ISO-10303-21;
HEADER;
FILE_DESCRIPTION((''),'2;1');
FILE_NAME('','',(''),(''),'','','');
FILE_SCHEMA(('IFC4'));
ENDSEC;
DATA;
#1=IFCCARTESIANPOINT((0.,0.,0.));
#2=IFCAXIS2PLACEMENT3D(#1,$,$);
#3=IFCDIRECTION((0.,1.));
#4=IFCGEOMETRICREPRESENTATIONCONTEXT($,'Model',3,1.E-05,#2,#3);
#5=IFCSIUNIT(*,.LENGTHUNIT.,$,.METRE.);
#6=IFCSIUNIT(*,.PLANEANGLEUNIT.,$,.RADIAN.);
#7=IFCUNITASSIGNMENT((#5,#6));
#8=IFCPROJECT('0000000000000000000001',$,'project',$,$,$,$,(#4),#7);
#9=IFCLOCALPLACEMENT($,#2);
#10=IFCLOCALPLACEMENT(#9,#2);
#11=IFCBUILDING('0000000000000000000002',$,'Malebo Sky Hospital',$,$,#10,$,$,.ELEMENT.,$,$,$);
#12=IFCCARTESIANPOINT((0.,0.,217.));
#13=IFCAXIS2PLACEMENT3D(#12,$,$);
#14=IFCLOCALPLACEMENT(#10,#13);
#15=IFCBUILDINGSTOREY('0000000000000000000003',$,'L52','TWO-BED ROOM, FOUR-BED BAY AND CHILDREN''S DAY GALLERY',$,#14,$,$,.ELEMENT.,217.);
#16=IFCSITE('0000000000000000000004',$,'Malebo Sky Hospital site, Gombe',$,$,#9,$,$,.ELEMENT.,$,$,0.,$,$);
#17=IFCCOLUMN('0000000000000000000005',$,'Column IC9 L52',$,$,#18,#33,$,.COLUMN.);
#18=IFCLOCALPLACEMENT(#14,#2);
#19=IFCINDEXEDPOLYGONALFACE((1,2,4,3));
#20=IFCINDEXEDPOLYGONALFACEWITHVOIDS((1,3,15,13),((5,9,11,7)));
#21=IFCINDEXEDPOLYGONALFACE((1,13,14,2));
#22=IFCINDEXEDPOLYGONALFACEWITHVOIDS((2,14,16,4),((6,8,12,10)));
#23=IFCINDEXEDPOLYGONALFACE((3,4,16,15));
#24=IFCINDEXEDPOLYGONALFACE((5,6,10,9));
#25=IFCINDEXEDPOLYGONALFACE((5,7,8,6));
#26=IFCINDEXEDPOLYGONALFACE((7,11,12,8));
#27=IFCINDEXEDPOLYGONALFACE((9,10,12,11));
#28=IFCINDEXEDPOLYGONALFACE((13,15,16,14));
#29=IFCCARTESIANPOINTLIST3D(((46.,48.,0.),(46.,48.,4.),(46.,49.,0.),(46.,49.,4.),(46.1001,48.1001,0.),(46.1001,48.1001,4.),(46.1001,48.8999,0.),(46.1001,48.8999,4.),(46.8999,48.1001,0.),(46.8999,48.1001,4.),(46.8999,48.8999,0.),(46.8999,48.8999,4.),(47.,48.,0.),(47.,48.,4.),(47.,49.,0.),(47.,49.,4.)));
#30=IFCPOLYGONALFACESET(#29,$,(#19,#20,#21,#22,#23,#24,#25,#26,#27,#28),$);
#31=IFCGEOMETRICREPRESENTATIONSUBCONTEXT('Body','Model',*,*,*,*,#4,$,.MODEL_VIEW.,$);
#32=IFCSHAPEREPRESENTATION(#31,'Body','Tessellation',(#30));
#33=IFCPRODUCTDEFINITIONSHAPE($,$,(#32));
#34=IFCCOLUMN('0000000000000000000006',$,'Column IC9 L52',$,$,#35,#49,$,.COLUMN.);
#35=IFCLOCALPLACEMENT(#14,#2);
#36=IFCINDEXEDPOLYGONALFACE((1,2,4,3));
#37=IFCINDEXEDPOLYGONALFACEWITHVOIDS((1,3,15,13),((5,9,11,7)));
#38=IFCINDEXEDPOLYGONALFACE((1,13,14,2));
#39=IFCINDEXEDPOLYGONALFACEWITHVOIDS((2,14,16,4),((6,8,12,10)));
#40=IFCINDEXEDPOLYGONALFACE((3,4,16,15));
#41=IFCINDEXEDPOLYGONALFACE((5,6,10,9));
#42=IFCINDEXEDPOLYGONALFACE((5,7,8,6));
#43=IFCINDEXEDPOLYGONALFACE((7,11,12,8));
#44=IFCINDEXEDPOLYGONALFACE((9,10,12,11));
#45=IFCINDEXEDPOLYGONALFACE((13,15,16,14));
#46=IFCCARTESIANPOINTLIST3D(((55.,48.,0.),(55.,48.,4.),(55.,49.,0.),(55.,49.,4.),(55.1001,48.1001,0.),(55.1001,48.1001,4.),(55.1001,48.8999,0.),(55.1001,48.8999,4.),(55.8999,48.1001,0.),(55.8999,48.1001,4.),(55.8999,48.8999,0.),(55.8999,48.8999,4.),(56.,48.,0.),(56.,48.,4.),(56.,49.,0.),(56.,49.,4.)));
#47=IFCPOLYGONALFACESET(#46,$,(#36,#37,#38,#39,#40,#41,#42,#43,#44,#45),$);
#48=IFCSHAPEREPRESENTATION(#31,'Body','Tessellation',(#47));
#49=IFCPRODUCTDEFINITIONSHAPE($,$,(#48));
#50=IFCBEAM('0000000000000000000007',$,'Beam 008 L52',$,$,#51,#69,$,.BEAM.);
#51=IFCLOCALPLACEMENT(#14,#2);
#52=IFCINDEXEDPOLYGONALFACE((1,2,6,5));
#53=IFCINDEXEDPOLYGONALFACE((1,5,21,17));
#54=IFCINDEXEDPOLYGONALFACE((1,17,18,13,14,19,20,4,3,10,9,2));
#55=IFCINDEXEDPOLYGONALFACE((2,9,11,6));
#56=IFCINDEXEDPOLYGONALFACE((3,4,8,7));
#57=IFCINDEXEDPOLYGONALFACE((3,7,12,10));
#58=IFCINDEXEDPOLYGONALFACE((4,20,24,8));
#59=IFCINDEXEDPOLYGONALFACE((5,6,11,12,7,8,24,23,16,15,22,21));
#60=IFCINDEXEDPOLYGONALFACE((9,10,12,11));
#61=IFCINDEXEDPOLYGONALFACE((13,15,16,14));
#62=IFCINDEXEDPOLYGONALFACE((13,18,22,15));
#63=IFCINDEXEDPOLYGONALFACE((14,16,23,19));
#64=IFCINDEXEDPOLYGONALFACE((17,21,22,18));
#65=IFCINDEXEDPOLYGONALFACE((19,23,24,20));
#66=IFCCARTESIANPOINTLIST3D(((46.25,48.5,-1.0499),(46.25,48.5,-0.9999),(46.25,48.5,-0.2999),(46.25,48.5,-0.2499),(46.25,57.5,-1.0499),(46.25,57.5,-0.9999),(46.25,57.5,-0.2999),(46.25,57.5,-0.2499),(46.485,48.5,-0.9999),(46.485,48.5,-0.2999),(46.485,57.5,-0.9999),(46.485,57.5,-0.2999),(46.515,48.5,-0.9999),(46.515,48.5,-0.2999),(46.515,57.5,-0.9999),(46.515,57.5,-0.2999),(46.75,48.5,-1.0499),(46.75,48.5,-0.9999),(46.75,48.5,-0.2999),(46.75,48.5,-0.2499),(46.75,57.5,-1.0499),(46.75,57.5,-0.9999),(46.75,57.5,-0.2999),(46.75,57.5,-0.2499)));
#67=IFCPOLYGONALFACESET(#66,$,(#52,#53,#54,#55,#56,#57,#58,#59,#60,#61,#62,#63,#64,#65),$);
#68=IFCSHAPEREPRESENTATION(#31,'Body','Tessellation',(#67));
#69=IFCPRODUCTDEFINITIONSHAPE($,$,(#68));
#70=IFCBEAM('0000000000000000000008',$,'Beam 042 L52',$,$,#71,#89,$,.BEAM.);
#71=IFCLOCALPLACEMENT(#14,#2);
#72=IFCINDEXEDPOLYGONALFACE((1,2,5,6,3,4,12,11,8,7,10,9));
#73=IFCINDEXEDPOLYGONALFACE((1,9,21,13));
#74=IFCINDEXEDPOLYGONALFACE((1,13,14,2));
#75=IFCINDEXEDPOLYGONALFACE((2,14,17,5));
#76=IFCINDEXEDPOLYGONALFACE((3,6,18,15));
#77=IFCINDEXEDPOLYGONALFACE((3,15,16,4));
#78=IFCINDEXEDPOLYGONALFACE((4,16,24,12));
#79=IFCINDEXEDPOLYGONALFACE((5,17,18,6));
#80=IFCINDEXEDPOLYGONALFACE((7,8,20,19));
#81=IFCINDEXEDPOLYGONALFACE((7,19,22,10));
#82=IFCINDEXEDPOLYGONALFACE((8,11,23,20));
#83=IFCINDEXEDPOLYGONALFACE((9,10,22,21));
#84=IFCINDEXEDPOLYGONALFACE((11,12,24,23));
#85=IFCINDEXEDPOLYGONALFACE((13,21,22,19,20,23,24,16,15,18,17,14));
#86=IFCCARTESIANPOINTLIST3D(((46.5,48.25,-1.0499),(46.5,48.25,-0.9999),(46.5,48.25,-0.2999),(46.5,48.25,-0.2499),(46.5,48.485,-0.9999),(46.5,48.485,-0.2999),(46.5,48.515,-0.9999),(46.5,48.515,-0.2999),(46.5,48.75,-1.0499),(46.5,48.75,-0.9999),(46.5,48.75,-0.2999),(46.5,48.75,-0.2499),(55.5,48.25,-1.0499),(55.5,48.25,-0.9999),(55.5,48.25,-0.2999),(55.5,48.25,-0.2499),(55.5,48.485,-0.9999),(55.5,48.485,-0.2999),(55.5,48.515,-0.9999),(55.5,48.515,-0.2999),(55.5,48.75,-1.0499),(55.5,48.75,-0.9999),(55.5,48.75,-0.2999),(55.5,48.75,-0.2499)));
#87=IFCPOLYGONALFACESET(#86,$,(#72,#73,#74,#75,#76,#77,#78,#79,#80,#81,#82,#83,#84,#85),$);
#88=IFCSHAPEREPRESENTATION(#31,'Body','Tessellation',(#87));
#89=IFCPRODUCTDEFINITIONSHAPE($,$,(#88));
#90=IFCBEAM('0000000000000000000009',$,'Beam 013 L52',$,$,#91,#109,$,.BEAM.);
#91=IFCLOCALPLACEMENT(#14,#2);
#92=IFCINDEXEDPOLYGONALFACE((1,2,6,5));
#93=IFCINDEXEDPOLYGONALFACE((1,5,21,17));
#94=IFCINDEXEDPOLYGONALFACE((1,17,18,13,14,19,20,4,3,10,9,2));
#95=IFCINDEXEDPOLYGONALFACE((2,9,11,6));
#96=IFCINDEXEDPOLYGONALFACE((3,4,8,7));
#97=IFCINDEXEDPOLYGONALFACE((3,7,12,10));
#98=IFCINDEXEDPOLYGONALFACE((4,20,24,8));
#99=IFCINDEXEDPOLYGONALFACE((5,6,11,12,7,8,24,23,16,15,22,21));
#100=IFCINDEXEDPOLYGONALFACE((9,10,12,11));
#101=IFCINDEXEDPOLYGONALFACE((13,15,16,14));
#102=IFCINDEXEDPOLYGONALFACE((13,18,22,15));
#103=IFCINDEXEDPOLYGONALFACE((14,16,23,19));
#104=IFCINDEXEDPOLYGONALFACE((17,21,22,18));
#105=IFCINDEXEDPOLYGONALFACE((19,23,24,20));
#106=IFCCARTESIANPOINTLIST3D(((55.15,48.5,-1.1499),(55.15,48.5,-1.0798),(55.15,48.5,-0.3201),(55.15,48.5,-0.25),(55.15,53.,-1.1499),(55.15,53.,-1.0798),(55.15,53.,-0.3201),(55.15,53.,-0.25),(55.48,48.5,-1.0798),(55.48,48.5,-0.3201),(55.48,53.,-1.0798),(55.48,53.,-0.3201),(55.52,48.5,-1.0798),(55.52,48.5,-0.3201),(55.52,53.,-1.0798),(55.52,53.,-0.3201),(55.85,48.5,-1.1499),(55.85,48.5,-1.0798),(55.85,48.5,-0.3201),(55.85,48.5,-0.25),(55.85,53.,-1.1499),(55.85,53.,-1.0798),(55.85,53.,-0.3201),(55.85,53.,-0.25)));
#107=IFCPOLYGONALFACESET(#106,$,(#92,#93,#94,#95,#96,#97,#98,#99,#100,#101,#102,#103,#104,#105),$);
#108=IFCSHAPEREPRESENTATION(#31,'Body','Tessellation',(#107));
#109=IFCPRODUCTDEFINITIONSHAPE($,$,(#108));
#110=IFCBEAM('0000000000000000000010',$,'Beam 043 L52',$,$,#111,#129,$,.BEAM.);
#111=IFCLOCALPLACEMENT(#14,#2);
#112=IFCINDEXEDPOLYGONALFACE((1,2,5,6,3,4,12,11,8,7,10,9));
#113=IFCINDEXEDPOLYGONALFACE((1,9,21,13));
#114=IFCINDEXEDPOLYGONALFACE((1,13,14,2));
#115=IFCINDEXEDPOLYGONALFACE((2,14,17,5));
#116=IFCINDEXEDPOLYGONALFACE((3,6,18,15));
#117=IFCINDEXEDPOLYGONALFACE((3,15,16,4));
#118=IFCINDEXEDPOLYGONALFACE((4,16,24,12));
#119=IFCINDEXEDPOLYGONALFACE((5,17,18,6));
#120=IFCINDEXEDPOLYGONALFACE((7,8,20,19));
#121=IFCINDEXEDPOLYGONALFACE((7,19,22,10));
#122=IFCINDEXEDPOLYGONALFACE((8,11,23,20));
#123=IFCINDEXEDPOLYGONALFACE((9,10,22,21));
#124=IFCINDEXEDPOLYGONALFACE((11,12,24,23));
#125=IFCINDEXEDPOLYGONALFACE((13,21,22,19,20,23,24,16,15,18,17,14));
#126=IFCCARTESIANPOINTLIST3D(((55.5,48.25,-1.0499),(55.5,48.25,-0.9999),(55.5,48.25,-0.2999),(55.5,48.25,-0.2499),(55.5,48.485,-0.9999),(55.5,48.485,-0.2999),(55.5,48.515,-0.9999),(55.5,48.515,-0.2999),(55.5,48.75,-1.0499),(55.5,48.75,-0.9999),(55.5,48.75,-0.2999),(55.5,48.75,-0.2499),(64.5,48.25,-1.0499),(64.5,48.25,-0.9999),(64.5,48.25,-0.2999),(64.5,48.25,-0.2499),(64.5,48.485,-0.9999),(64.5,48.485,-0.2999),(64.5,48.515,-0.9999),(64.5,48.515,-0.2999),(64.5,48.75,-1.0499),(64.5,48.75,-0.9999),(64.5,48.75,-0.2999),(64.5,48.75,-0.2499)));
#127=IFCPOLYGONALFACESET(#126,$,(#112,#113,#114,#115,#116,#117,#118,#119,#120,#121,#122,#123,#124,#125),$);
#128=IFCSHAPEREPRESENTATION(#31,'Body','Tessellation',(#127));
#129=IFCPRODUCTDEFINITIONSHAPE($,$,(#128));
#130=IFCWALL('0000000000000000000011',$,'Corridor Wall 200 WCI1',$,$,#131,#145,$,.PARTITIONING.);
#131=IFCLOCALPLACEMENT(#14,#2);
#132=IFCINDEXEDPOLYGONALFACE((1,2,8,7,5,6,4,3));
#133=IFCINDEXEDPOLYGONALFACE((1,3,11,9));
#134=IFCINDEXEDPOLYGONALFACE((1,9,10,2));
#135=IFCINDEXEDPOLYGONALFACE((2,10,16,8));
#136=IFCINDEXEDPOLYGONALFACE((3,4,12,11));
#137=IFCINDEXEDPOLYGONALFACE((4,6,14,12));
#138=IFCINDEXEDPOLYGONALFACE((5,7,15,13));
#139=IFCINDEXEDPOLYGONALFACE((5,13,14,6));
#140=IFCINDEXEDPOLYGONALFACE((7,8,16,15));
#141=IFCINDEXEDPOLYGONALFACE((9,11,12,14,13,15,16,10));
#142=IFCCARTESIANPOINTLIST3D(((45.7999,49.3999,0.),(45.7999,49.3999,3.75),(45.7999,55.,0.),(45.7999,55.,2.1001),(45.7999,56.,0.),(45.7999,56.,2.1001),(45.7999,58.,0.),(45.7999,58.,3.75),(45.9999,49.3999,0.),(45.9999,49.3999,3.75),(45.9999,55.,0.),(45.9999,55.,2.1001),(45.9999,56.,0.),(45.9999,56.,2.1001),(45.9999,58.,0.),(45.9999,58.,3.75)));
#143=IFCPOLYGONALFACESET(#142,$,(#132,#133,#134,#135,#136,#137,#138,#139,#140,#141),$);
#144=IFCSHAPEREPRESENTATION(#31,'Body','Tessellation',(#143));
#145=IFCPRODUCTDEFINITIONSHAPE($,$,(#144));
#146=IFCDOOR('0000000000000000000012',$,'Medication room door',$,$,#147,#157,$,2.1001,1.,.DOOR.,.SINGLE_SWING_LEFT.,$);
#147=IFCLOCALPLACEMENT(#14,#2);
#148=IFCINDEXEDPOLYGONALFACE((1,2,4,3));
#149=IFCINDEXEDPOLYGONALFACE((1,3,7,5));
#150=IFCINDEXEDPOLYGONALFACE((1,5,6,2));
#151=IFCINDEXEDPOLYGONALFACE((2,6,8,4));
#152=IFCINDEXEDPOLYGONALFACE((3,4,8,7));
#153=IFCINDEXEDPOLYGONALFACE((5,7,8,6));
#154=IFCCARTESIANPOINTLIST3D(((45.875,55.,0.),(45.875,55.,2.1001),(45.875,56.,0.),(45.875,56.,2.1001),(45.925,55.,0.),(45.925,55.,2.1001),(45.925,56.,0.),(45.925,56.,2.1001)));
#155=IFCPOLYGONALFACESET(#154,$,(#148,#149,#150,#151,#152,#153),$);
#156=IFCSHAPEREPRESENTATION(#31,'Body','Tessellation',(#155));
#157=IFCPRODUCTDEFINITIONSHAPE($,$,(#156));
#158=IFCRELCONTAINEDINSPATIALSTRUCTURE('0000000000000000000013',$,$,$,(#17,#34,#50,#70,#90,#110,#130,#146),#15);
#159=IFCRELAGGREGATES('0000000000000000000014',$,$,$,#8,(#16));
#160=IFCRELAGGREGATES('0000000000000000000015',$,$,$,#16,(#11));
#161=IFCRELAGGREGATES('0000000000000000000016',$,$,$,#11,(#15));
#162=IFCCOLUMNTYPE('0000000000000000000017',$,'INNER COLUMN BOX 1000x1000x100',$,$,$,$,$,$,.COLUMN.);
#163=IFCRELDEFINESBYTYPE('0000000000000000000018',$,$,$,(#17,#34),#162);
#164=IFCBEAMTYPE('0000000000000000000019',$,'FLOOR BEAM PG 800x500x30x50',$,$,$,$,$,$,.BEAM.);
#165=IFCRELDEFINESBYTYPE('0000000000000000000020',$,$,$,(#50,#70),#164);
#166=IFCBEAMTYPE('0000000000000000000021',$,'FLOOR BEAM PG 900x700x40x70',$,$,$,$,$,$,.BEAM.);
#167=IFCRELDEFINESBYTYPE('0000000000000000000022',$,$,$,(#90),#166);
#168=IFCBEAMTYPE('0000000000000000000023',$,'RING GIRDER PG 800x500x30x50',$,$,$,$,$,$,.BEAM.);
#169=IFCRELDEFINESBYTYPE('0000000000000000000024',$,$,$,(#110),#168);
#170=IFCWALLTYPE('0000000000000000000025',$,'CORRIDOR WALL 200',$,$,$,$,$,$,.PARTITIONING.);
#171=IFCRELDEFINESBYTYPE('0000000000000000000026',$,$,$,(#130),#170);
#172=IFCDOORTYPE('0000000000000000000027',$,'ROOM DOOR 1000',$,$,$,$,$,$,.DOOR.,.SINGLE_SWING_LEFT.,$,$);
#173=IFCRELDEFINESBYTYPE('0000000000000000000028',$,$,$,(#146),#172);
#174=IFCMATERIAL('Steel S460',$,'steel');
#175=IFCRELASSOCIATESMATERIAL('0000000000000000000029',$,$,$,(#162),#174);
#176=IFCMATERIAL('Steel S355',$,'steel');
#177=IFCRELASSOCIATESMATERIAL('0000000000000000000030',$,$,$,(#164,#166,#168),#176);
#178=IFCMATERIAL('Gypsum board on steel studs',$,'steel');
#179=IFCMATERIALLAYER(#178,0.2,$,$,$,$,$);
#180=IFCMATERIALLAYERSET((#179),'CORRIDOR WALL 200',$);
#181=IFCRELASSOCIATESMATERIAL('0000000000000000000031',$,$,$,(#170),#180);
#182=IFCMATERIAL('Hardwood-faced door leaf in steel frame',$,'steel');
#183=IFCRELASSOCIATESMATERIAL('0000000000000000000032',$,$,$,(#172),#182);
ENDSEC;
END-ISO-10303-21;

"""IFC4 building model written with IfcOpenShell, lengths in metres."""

from ifc_helpers import new_model, si_unit, direction, frame, frame_2d, origin, origin_2d, place, context, subcontext, project, spatial, rectangle, hollow_rectangle, i_section, extrude, material, layer, layer_set, material_profile, profile_set, type_object, element, fill, save


model = new_model("IFC4")

# Units and contexts
model_context = context("Model", 3, precision=1e-05, world=origin(), true_north=direction((0.0, 1.0)))
body_context = subcontext(model_context, "Body", "Model", "MODEL_VIEW")
ifc_project = project(units=[si_unit("LENGTHUNIT", "METRE"), si_unit("PLANEANGLEUNIT", "RADIAN")], contexts=[model_context])

# Site, building, storey
site_placement = place(None, origin())
site = spatial("IfcSite", under=ifc_project, at=site_placement, Name="Malebo Sky Hospital site, Gombe", CompositionType="ELEMENT", RefElevation=0.0)
building_placement = place(site_placement, origin())
building = spatial("IfcBuilding", under=site, at=building_placement, Name="Malebo Sky Hospital", CompositionType="ELEMENT")
storey_placement = place(building_placement, frame((0.0, 0.0, 217.0)))
storey = spatial("IfcBuildingStorey", under=building, at=storey_placement, Name="L52", Description="TWO-BED ROOM, FOUR-BED BAY AND CHILDREN'S DAY GALLERY", CompositionType="ELEMENT", Elevation=217.0)

# Columns
ifc_material_1 = material(Name="Steel S460", Category="steel")
ifc_material_profile_1 = material_profile(ifc_material_1, hollow_rectangle(XDim=1.0, YDim=1.0, WallThickness=0.1001, at=origin_2d()), Name="BOX 1000x1000x100")
ifc_profile_set_1 = profile_set([ifc_material_profile_1], Name="Steel S460")
column_type = type_object("IfcColumnType", Name="INNER COLUMN BOX 1000x1000x100", PredefinedType="COLUMN", material=ifc_profile_set_1)
for number, where, z_axis, x_axis, name in (
    (1, (46.5, 48.5, 0.0), (0.0, 0.0, 1.0), (1.0, 0.0, 0.0), "Column IC9 L52"),
    (2, (55.5, 48.5, 0.0), (0.0, 0.0, 1.0), (1.0, 0.0, 0.0), "Column IC9 L52"),
):
    element("IfcColumn", number, at=place(storey_placement, frame(where, z_axis=z_axis, x_axis=x_axis)), inside=storey, type_object=column_type, Name=name, PredefinedType="COLUMN", context=body_context, shape_type="SweptSolid", body=[
        extrude(hollow_rectangle(XDim=1.0, YDim=1.0, WallThickness=0.1001, at=origin_2d()), origin(), (0.0, 0.0, 1.0), 4.0),
    ])

# Beams
ifc_material_2 = material(Name="Steel S355", Category="steel")
ifc_material_profile_2 = material_profile(ifc_material_2, i_section(OverallWidth=0.5, OverallDepth=0.8, WebThickness=0.03, FlangeThickness=0.05, at=origin_2d()), Name="PG 800x500x30x50")
ifc_profile_set_2 = profile_set([ifc_material_profile_2], Name="Steel S355")
beam_type_1 = type_object("IfcBeamType", Name="FLOOR BEAM PG 800x500x30x50", PredefinedType="BEAM", material=ifc_profile_set_2)
for number, where, z_axis, x_axis, name in (
    (3, (46.5, 48.5, -0.6499), (0.0, 1.0, 0.0), (-1.0, 0.0, 0.0), "Beam 008 L52"),
    (4, (46.5, 48.5, -0.6499), (1.0, 0.0, 0.0), (0.0, 1.0, 0.0), "Beam 042 L52"),
):
    element("IfcBeam", number, at=place(storey_placement, frame(where, z_axis=z_axis, x_axis=x_axis)), inside=storey, type_object=beam_type_1, Name=name, PredefinedType="BEAM", context=body_context, shape_type="SweptSolid", body=[
        extrude(i_section(OverallWidth=0.5, OverallDepth=0.8, WebThickness=0.03, FlangeThickness=0.05, at=origin_2d()), origin(), (0.0, 0.0, 1.0), 9.0),
    ])
ifc_material_profile_3 = material_profile(ifc_material_2, i_section(OverallWidth=0.7, OverallDepth=0.8999, WebThickness=0.04, FlangeThickness=0.0701, at=origin_2d()), Name="PG 900x700x40x70")
ifc_profile_set_3 = profile_set([ifc_material_profile_3], Name="Steel S355")
beam_type_2 = type_object("IfcBeamType", Name="FLOOR BEAM PG 900x700x40x70", PredefinedType="BEAM", material=ifc_profile_set_3)
beam_1_placement = place(storey_placement, frame((55.5, 48.5, -0.7), z_axis=(0.0, 1.0, 0.0), x_axis=(-1.0, 0.0, 0.0)))
element("IfcBeam", 5, at=beam_1_placement, inside=storey, type_object=beam_type_2, Name="Beam 013 L52", PredefinedType="BEAM", context=body_context, shape_type="SweptSolid", body=[
    extrude(i_section(OverallWidth=0.7, OverallDepth=0.8999, WebThickness=0.04, FlangeThickness=0.0701, at=origin_2d()), origin(), (0.0, 0.0, 1.0), 4.5),
])
ifc_material_profile_4 = material_profile(ifc_material_2, i_section(OverallWidth=0.5, OverallDepth=0.8, WebThickness=0.03, FlangeThickness=0.05, at=origin_2d()), Name="PG 800x500x30x50")
ifc_profile_set_4 = profile_set([ifc_material_profile_4], Name="Steel S355")
beam_type_3 = type_object("IfcBeamType", Name="RING GIRDER PG 800x500x30x50", PredefinedType="BEAM", material=ifc_profile_set_4)
beam_2_placement = place(storey_placement, frame((55.5, 48.5, -0.6499), z_axis=(1.0, 0.0, 0.0), x_axis=(0.0, 1.0, 0.0)))
element("IfcBeam", 6, at=beam_2_placement, inside=storey, type_object=beam_type_3, Name="Beam 043 L52", PredefinedType="BEAM", context=body_context, shape_type="SweptSolid", body=[
    extrude(i_section(OverallWidth=0.5, OverallDepth=0.8, WebThickness=0.03, FlangeThickness=0.05, at=origin_2d()), origin(), (0.0, 0.0, 1.0), 9.0),
])

# Wall, opening, door
ifc_material_3 = material(Name="Gypsum board on steel studs", Category="steel")
ifc_layer_1 = layer(ifc_material_3, 0.2)
ifc_layer_set_1 = layer_set([ifc_layer_1], Name="CORRIDOR WALL 200")
wall_type_1 = type_object("IfcWallType", Name="CORRIDOR WALL 200", PredefinedType="PARTITIONING", material=ifc_layer_set_1)
wall_1_placement = place(storey_placement, frame((45.8999, 49.3999, 0.0), z_axis=(0.0, 0.0, 1.0), x_axis=(0.0, 1.0, 0.0)))
wall_1 = element("IfcWall", 7, at=wall_1_placement, inside=storey, type_object=wall_type_1, Name="Corridor Wall 200 WCI1", PredefinedType="PARTITIONING", context=body_context, shape_type="SweptSolid", body=[
    extrude(rectangle(XDim=8.6001, YDim=0.2, at=frame_2d((4.3, 0.0))), origin(), (0.0, 0.0, 1.0), 3.75),
])
opening_1_placement = place(wall_1_placement, frame((5.6001, 0.0, 0.0)))
opening_1 = element("IfcOpeningElement", 8, at=opening_1_placement, cuts=wall_1, PredefinedType="OPENING", context=body_context, shape_type="SweptSolid", body=[
    extrude(rectangle(XDim=1.0, YDim=2.1001, at=frame_2d((0.5, 1.05))), frame((0.0, 0.1099, 0.0), z_axis=(0.0, -1.0, 0.0), x_axis=(1.0, 0.0, 0.0)), (0.0, 0.0, 1.0), 0.22),
])
ifc_material_4 = material(Name="Hardwood-faced door leaf in steel frame", Category="steel")
door_type = type_object("IfcDoorType", Name="ROOM DOOR 1000", OperationType="SINGLE_SWING_LEFT", PredefinedType="DOOR", material=ifc_material_4)
door_1_placement = place(opening_1_placement, origin())
door_1 = element("IfcDoor", 9, at=door_1_placement, inside=storey, type_object=door_type, Name="Medication room door", OperationType="SINGLE_SWING_LEFT", OverallHeight=2.1001, OverallWidth=1.0, PredefinedType="DOOR", context=body_context, shape_type="SweptSolid", body=[
    extrude(rectangle(XDim=1.0, YDim=2.1001, at=frame_2d((0.5, 1.05))), frame((0.0, 0.0249, 0.0), z_axis=(0.0, -1.0, 0.0), x_axis=(1.0, 0.0, 0.0)), (0.0, 0.0, 1.0), 0.05),
])
fill(opening_1, door_1)

save(model, "model.ifc")
